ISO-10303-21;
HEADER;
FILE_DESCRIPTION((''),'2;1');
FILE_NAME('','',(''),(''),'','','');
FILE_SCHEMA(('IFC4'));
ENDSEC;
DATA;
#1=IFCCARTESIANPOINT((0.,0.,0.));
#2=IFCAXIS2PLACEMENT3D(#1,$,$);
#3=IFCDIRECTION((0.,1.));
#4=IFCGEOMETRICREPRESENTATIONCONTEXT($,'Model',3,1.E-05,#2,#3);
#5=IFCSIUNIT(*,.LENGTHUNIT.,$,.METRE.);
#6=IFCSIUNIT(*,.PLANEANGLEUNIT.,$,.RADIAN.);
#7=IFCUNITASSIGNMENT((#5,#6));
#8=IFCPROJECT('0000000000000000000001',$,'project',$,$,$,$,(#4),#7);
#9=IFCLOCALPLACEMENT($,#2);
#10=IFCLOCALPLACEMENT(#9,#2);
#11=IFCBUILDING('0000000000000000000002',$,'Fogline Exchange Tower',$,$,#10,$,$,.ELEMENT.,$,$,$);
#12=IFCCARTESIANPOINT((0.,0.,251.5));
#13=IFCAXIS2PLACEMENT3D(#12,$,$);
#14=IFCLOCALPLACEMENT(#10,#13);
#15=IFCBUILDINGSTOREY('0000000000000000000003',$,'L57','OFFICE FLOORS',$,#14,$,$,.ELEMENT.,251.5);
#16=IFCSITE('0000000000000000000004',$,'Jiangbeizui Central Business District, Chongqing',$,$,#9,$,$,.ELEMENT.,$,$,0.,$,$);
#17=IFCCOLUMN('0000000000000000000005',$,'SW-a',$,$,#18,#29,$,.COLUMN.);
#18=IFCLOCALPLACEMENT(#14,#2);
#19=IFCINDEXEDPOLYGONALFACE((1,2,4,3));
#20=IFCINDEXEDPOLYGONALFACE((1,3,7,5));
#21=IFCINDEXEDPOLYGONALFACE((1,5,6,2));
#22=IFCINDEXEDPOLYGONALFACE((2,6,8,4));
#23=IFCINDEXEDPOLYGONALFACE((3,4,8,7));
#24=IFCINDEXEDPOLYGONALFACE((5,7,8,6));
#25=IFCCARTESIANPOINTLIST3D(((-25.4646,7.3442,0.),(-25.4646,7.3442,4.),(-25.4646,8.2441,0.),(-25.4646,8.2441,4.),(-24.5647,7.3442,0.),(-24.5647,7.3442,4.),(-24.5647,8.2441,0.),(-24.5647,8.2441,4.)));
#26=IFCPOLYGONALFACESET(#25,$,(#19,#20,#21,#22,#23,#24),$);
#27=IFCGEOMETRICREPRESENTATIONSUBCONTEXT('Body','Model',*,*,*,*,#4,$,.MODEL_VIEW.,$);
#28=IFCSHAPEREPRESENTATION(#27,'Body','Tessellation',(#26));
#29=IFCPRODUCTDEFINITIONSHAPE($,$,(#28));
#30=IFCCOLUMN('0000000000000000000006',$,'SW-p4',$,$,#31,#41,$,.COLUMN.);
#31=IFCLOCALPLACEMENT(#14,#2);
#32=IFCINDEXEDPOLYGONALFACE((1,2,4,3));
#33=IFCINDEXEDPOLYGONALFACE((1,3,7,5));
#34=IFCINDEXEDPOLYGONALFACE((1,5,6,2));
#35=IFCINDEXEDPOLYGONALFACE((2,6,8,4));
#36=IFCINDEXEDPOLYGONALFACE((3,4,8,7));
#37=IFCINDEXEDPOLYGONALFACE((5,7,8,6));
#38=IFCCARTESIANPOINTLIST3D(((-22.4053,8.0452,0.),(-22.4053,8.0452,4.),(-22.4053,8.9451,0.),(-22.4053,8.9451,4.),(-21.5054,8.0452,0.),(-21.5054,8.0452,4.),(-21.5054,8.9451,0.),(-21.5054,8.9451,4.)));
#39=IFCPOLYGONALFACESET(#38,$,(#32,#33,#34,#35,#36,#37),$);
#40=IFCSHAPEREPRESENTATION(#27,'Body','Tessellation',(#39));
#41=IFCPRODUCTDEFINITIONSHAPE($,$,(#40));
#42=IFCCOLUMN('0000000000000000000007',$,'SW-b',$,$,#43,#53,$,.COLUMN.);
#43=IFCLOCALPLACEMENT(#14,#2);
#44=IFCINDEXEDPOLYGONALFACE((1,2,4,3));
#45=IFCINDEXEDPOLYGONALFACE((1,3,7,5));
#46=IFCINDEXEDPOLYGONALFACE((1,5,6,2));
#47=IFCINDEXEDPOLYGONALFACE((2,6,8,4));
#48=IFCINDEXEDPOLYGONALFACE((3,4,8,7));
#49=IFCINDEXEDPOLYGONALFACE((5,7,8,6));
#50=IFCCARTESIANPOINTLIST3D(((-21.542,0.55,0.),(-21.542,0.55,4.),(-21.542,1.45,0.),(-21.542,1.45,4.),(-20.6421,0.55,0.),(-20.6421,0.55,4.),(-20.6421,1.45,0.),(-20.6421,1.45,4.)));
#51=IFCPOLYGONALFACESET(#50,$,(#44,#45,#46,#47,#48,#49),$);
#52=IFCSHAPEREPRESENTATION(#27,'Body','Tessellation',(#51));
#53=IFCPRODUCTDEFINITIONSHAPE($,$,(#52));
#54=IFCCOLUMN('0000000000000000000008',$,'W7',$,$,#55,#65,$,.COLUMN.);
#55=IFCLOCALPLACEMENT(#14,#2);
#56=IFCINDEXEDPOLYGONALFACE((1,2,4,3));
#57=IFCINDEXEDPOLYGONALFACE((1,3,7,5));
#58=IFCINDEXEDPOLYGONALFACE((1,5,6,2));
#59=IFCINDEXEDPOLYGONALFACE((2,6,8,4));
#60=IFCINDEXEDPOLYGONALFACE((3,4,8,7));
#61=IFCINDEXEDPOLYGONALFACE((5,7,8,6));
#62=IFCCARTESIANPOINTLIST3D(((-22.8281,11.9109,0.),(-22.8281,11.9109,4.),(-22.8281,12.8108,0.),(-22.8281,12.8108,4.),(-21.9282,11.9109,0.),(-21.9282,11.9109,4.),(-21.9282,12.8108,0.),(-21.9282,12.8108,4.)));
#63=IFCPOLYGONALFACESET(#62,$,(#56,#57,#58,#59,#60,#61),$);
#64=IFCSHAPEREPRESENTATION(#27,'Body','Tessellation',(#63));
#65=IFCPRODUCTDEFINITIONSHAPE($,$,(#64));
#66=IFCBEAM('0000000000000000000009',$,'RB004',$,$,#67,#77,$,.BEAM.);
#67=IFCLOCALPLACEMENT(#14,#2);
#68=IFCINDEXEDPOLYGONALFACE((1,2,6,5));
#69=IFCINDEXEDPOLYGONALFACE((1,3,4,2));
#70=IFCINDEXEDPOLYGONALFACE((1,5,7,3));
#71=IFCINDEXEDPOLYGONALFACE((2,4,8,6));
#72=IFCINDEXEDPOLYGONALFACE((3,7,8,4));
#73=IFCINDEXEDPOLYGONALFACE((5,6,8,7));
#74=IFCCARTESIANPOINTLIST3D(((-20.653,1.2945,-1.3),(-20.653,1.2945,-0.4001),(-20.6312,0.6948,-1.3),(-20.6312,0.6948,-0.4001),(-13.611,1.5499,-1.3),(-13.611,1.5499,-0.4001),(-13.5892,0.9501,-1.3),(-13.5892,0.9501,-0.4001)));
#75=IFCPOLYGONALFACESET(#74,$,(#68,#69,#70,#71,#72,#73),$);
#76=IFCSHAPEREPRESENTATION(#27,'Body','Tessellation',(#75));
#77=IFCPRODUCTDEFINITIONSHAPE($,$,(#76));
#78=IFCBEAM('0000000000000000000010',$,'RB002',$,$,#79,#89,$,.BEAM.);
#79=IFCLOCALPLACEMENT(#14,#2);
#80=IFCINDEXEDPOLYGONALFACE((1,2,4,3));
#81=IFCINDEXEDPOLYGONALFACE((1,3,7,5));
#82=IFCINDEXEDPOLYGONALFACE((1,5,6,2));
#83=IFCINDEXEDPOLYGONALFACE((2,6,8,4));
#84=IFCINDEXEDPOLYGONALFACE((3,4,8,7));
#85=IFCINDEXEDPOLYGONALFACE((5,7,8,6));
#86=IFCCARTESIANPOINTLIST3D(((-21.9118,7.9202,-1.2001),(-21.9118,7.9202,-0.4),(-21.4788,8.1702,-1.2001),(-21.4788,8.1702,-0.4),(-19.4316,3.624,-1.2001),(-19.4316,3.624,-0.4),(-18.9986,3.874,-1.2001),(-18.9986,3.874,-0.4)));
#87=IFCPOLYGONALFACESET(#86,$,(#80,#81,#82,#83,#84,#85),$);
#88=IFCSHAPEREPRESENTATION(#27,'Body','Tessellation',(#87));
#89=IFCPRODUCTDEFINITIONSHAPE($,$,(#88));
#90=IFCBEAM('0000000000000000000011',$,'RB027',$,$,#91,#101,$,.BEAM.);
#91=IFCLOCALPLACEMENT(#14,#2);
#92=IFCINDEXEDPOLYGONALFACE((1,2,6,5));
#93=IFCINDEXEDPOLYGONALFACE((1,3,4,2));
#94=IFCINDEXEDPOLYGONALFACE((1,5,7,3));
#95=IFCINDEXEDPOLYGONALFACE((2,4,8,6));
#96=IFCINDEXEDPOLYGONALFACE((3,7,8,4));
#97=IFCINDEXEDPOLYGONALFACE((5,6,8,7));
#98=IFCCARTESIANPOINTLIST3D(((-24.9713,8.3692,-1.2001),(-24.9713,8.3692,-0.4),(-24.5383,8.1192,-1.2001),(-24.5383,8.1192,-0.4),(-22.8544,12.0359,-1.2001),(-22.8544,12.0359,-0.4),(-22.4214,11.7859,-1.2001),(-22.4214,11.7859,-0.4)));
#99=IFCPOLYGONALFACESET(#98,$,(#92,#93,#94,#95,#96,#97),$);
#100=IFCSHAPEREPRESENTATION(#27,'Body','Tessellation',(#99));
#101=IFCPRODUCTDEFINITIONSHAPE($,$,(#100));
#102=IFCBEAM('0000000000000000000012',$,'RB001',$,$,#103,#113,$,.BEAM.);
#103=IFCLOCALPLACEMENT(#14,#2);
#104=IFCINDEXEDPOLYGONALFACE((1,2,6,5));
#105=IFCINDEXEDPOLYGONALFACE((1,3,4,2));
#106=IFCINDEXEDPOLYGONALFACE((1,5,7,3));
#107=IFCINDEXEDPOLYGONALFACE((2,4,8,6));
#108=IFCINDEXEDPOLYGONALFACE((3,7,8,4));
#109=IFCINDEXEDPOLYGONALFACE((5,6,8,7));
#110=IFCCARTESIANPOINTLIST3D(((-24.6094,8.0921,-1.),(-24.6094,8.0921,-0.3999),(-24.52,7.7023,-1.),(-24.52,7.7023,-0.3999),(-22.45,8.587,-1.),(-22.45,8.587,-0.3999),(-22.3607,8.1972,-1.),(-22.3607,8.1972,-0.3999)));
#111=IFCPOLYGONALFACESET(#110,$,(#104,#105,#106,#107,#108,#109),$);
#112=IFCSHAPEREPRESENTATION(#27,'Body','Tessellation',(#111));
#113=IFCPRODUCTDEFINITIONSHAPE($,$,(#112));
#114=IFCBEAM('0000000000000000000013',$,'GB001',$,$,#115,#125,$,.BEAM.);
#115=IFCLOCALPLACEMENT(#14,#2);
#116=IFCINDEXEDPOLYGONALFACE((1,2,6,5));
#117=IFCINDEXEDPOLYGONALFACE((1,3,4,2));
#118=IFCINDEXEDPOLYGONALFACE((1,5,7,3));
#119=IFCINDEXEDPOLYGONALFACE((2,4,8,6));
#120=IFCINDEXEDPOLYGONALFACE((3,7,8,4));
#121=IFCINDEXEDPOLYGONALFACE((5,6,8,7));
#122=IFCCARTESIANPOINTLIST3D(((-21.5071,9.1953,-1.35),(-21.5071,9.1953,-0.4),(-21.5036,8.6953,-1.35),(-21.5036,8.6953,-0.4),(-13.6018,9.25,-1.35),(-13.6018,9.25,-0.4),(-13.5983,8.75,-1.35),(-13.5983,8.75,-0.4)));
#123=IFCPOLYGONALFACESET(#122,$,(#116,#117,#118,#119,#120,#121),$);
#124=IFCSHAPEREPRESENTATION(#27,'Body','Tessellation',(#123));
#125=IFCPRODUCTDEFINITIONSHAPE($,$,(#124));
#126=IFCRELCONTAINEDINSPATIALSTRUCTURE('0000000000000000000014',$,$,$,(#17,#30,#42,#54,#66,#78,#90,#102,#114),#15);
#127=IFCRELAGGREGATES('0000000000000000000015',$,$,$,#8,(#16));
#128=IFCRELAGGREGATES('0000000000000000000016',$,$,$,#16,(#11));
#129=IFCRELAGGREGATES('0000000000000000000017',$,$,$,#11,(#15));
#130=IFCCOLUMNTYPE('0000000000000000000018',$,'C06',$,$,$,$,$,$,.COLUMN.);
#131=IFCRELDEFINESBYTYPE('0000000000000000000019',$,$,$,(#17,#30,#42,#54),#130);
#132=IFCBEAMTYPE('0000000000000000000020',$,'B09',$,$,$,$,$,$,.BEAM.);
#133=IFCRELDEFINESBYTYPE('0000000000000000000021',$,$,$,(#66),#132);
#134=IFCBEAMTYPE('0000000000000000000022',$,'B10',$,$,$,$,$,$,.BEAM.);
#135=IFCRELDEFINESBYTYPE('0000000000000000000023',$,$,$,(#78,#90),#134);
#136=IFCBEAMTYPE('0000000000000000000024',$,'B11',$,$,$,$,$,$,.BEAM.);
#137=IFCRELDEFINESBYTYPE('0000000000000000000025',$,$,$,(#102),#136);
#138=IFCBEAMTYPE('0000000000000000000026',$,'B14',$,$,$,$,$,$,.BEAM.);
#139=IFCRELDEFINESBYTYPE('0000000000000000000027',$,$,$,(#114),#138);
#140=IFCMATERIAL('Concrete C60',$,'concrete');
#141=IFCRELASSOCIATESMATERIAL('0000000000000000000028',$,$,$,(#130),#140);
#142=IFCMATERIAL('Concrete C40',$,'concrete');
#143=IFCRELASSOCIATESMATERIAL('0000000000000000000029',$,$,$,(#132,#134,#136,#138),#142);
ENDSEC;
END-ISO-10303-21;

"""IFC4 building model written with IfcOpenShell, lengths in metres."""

from ifc_helpers import new_model, si_unit, direction, frame, origin, origin_2d, place, context, subcontext, project, spatial, rectangle, extrude, material, material_profile, profile_set, type_object, element, save


model = new_model("IFC4")

# Units and contexts
model_context = context("Model", 3, precision=1e-05, world=origin(), true_north=direction((0.0, 1.0)))
body_context = subcontext(model_context, "Body", "Model", "MODEL_VIEW")
ifc_project = project(units=[si_unit("LENGTHUNIT", "METRE"), si_unit("PLANEANGLEUNIT", "RADIAN")], contexts=[model_context])

# Site, building, storey
site_placement = place(None, origin())
site = spatial("IfcSite", under=ifc_project, at=site_placement, Name="Jiangbeizui Central Business District, Chongqing", CompositionType="ELEMENT", RefElevation=0.0)
building_placement = place(site_placement, origin())
building = spatial("IfcBuilding", under=site, at=building_placement, Name="Fogline Exchange Tower", CompositionType="ELEMENT")
storey_placement = place(building_placement, frame((0.0, 0.0, 251.5)))
storey = spatial("IfcBuildingStorey", under=building, at=storey_placement, Name="L57", Description="OFFICE FLOORS", CompositionType="ELEMENT", Elevation=251.5)

# Columns
ifc_material_1 = material(Name="Concrete C60", Category="concrete")
ifc_material_profile_1 = material_profile(ifc_material_1, rectangle(XDim=0.8999, YDim=0.8999, at=origin_2d()), Name="RC 900x900")
ifc_profile_set_1 = profile_set([ifc_material_profile_1], Name="Concrete C60")
column_type = type_object("IfcColumnType", Name="C06", PredefinedType="COLUMN", material=ifc_profile_set_1)
for number, where, z_axis, x_axis, name in (
    (1, (-25.0146, 7.7942, 0.0), (0.0, 0.0, 1.0), (1.0, 0.0, 0.0), "SW-a"),
    (2, (-21.9553, 8.4951, 0.0), (0.0, 0.0, 1.0), (1.0, 0.0, 0.0), "SW-p4"),
    (3, (-21.092, 1.0, 0.0), (0.0, 0.0, 1.0), (1.0, 0.0, 0.0), "SW-b"),
    (4, (-22.3782, 12.3608, 0.0), (0.0, 0.0, 1.0), (1.0, 0.0, 0.0), "W7"),
):
    element("IfcColumn", number, at=place(storey_placement, frame(where, z_axis=z_axis, x_axis=x_axis)), inside=storey, type_object=column_type, Name=name, PredefinedType="COLUMN", context=body_context, shape_type="SweptSolid", body=[
        extrude(rectangle(XDim=0.8999, YDim=0.8999, at=origin_2d()), origin(), (0.0, 0.0, 1.0), 4.0),
    ])

# Beams
ifc_material_2 = material(Name="Concrete C40", Category="concrete")
ifc_material_profile_2 = material_profile(ifc_material_2, rectangle(XDim=0.6001, YDim=0.8999, at=origin_2d()), Name="RC 600x900")
ifc_profile_set_2 = profile_set([ifc_material_profile_2], Name="Concrete C40")
beam_type_1 = type_object("IfcBeamType", Name="B09", PredefinedType="BEAM", material=ifc_profile_set_2)
beam_1_placement = place(storey_placement, frame((-20.6421, 0.9946, -0.8501), z_axis=(0.999343, 0.03624, 0.0), x_axis=(-0.03624, 0.999343, 0.0)))
element("IfcBeam", 5, at=beam_1_placement, inside=storey, type_object=beam_type_1, Name="RB004", PredefinedType="BEAM", context=body_context, shape_type="SweptSolid", body=[
    extrude(rectangle(XDim=0.6001, YDim=0.8999, at=origin_2d()), origin(), (0.0, 0.0, 1.0), 7.0466),
])
ifc_material_profile_3 = material_profile(ifc_material_2, rectangle(XDim=0.5, YDim=0.8, at=origin_2d()), Name="RC 500x800")
ifc_profile_set_3 = profile_set([ifc_material_profile_3], Name="Concrete C40")
beam_type_2 = type_object("IfcBeamType", Name="B10", PredefinedType="BEAM", material=ifc_profile_set_3)
beam_2_placement = place(storey_placement, frame((-21.6953, 8.0452, -0.8), z_axis=(0.499977, -0.866039, 0.0), x_axis=(0.866039, 0.499977, 0.0)))
element("IfcBeam", 6, at=beam_2_placement, inside=storey, type_object=beam_type_2, Name="RB002", PredefinedType="BEAM", context=body_context, shape_type="SweptSolid", body=[
    extrude(rectangle(XDim=0.5, YDim=0.8, at=origin_2d()), origin(), (0.0, 0.0, 1.0), 4.9607),
])
beam_3_placement = place(storey_placement, frame((-22.6379, 11.9109, -0.8), z_axis=(-0.49999, -0.866031, 0.0), x_axis=(0.866031, -0.49999, 0.0)))
element("IfcBeam", 7, at=beam_3_placement, inside=storey, type_object=beam_type_2, Name="RB027", PredefinedType="BEAM", context=body_context, shape_type="SweptSolid", body=[
    extrude(rectangle(XDim=0.5, YDim=0.8, at=origin_2d()), origin(), (0.0, 0.0, 1.0), 4.2339),
])
ifc_material_profile_4 = material_profile(ifc_material_2, rectangle(XDim=0.3999, YDim=0.6001, at=origin_2d()), Name="RC 400x600")
ifc_profile_set_4 = profile_set([ifc_material_profile_4], Name="Concrete C40")
beam_type_3 = type_object("IfcBeamType", Name="B11", PredefinedType="BEAM", material=ifc_profile_set_4)
beam_4_placement = place(storey_placement, frame((-24.5647, 7.8972, -0.7), z_axis=(0.974732, 0.223378, 0.0), x_axis=(-0.223378, 0.974732, 0.0)))
element("IfcBeam", 8, at=beam_4_placement, inside=storey, type_object=beam_type_3, Name="RB001", PredefinedType="BEAM", context=body_context, shape_type="SweptSolid", body=[
    extrude(rectangle(XDim=0.3999, YDim=0.6001, at=origin_2d()), origin(), (0.0, 0.0, 1.0), 2.2153),
])
ifc_material_profile_5 = material_profile(ifc_material_2, rectangle(XDim=0.5, YDim=0.95, at=origin_2d()), Name="RC 500x950")
ifc_profile_set_5 = profile_set([ifc_material_profile_5], Name="Concrete C40")
beam_type_4 = type_object("IfcBeamType", Name="B14", PredefinedType="BEAM", material=ifc_profile_set_5)
beam_5_placement = place(storey_placement, frame((-21.5054, 8.9453, -0.875), z_axis=(0.999976, 0.006918, 0.0), x_axis=(-0.006918, 0.999976, 0.0)))
element("IfcBeam", 9, at=beam_5_placement, inside=storey, type_object=beam_type_4, Name="GB001", PredefinedType="BEAM", context=body_context, shape_type="SweptSolid", body=[
    extrude(rectangle(XDim=0.5, YDim=0.95, at=origin_2d()), origin(), (0.0, 0.0, 1.0), 7.9055),
])

save(model, "model.ifc")
